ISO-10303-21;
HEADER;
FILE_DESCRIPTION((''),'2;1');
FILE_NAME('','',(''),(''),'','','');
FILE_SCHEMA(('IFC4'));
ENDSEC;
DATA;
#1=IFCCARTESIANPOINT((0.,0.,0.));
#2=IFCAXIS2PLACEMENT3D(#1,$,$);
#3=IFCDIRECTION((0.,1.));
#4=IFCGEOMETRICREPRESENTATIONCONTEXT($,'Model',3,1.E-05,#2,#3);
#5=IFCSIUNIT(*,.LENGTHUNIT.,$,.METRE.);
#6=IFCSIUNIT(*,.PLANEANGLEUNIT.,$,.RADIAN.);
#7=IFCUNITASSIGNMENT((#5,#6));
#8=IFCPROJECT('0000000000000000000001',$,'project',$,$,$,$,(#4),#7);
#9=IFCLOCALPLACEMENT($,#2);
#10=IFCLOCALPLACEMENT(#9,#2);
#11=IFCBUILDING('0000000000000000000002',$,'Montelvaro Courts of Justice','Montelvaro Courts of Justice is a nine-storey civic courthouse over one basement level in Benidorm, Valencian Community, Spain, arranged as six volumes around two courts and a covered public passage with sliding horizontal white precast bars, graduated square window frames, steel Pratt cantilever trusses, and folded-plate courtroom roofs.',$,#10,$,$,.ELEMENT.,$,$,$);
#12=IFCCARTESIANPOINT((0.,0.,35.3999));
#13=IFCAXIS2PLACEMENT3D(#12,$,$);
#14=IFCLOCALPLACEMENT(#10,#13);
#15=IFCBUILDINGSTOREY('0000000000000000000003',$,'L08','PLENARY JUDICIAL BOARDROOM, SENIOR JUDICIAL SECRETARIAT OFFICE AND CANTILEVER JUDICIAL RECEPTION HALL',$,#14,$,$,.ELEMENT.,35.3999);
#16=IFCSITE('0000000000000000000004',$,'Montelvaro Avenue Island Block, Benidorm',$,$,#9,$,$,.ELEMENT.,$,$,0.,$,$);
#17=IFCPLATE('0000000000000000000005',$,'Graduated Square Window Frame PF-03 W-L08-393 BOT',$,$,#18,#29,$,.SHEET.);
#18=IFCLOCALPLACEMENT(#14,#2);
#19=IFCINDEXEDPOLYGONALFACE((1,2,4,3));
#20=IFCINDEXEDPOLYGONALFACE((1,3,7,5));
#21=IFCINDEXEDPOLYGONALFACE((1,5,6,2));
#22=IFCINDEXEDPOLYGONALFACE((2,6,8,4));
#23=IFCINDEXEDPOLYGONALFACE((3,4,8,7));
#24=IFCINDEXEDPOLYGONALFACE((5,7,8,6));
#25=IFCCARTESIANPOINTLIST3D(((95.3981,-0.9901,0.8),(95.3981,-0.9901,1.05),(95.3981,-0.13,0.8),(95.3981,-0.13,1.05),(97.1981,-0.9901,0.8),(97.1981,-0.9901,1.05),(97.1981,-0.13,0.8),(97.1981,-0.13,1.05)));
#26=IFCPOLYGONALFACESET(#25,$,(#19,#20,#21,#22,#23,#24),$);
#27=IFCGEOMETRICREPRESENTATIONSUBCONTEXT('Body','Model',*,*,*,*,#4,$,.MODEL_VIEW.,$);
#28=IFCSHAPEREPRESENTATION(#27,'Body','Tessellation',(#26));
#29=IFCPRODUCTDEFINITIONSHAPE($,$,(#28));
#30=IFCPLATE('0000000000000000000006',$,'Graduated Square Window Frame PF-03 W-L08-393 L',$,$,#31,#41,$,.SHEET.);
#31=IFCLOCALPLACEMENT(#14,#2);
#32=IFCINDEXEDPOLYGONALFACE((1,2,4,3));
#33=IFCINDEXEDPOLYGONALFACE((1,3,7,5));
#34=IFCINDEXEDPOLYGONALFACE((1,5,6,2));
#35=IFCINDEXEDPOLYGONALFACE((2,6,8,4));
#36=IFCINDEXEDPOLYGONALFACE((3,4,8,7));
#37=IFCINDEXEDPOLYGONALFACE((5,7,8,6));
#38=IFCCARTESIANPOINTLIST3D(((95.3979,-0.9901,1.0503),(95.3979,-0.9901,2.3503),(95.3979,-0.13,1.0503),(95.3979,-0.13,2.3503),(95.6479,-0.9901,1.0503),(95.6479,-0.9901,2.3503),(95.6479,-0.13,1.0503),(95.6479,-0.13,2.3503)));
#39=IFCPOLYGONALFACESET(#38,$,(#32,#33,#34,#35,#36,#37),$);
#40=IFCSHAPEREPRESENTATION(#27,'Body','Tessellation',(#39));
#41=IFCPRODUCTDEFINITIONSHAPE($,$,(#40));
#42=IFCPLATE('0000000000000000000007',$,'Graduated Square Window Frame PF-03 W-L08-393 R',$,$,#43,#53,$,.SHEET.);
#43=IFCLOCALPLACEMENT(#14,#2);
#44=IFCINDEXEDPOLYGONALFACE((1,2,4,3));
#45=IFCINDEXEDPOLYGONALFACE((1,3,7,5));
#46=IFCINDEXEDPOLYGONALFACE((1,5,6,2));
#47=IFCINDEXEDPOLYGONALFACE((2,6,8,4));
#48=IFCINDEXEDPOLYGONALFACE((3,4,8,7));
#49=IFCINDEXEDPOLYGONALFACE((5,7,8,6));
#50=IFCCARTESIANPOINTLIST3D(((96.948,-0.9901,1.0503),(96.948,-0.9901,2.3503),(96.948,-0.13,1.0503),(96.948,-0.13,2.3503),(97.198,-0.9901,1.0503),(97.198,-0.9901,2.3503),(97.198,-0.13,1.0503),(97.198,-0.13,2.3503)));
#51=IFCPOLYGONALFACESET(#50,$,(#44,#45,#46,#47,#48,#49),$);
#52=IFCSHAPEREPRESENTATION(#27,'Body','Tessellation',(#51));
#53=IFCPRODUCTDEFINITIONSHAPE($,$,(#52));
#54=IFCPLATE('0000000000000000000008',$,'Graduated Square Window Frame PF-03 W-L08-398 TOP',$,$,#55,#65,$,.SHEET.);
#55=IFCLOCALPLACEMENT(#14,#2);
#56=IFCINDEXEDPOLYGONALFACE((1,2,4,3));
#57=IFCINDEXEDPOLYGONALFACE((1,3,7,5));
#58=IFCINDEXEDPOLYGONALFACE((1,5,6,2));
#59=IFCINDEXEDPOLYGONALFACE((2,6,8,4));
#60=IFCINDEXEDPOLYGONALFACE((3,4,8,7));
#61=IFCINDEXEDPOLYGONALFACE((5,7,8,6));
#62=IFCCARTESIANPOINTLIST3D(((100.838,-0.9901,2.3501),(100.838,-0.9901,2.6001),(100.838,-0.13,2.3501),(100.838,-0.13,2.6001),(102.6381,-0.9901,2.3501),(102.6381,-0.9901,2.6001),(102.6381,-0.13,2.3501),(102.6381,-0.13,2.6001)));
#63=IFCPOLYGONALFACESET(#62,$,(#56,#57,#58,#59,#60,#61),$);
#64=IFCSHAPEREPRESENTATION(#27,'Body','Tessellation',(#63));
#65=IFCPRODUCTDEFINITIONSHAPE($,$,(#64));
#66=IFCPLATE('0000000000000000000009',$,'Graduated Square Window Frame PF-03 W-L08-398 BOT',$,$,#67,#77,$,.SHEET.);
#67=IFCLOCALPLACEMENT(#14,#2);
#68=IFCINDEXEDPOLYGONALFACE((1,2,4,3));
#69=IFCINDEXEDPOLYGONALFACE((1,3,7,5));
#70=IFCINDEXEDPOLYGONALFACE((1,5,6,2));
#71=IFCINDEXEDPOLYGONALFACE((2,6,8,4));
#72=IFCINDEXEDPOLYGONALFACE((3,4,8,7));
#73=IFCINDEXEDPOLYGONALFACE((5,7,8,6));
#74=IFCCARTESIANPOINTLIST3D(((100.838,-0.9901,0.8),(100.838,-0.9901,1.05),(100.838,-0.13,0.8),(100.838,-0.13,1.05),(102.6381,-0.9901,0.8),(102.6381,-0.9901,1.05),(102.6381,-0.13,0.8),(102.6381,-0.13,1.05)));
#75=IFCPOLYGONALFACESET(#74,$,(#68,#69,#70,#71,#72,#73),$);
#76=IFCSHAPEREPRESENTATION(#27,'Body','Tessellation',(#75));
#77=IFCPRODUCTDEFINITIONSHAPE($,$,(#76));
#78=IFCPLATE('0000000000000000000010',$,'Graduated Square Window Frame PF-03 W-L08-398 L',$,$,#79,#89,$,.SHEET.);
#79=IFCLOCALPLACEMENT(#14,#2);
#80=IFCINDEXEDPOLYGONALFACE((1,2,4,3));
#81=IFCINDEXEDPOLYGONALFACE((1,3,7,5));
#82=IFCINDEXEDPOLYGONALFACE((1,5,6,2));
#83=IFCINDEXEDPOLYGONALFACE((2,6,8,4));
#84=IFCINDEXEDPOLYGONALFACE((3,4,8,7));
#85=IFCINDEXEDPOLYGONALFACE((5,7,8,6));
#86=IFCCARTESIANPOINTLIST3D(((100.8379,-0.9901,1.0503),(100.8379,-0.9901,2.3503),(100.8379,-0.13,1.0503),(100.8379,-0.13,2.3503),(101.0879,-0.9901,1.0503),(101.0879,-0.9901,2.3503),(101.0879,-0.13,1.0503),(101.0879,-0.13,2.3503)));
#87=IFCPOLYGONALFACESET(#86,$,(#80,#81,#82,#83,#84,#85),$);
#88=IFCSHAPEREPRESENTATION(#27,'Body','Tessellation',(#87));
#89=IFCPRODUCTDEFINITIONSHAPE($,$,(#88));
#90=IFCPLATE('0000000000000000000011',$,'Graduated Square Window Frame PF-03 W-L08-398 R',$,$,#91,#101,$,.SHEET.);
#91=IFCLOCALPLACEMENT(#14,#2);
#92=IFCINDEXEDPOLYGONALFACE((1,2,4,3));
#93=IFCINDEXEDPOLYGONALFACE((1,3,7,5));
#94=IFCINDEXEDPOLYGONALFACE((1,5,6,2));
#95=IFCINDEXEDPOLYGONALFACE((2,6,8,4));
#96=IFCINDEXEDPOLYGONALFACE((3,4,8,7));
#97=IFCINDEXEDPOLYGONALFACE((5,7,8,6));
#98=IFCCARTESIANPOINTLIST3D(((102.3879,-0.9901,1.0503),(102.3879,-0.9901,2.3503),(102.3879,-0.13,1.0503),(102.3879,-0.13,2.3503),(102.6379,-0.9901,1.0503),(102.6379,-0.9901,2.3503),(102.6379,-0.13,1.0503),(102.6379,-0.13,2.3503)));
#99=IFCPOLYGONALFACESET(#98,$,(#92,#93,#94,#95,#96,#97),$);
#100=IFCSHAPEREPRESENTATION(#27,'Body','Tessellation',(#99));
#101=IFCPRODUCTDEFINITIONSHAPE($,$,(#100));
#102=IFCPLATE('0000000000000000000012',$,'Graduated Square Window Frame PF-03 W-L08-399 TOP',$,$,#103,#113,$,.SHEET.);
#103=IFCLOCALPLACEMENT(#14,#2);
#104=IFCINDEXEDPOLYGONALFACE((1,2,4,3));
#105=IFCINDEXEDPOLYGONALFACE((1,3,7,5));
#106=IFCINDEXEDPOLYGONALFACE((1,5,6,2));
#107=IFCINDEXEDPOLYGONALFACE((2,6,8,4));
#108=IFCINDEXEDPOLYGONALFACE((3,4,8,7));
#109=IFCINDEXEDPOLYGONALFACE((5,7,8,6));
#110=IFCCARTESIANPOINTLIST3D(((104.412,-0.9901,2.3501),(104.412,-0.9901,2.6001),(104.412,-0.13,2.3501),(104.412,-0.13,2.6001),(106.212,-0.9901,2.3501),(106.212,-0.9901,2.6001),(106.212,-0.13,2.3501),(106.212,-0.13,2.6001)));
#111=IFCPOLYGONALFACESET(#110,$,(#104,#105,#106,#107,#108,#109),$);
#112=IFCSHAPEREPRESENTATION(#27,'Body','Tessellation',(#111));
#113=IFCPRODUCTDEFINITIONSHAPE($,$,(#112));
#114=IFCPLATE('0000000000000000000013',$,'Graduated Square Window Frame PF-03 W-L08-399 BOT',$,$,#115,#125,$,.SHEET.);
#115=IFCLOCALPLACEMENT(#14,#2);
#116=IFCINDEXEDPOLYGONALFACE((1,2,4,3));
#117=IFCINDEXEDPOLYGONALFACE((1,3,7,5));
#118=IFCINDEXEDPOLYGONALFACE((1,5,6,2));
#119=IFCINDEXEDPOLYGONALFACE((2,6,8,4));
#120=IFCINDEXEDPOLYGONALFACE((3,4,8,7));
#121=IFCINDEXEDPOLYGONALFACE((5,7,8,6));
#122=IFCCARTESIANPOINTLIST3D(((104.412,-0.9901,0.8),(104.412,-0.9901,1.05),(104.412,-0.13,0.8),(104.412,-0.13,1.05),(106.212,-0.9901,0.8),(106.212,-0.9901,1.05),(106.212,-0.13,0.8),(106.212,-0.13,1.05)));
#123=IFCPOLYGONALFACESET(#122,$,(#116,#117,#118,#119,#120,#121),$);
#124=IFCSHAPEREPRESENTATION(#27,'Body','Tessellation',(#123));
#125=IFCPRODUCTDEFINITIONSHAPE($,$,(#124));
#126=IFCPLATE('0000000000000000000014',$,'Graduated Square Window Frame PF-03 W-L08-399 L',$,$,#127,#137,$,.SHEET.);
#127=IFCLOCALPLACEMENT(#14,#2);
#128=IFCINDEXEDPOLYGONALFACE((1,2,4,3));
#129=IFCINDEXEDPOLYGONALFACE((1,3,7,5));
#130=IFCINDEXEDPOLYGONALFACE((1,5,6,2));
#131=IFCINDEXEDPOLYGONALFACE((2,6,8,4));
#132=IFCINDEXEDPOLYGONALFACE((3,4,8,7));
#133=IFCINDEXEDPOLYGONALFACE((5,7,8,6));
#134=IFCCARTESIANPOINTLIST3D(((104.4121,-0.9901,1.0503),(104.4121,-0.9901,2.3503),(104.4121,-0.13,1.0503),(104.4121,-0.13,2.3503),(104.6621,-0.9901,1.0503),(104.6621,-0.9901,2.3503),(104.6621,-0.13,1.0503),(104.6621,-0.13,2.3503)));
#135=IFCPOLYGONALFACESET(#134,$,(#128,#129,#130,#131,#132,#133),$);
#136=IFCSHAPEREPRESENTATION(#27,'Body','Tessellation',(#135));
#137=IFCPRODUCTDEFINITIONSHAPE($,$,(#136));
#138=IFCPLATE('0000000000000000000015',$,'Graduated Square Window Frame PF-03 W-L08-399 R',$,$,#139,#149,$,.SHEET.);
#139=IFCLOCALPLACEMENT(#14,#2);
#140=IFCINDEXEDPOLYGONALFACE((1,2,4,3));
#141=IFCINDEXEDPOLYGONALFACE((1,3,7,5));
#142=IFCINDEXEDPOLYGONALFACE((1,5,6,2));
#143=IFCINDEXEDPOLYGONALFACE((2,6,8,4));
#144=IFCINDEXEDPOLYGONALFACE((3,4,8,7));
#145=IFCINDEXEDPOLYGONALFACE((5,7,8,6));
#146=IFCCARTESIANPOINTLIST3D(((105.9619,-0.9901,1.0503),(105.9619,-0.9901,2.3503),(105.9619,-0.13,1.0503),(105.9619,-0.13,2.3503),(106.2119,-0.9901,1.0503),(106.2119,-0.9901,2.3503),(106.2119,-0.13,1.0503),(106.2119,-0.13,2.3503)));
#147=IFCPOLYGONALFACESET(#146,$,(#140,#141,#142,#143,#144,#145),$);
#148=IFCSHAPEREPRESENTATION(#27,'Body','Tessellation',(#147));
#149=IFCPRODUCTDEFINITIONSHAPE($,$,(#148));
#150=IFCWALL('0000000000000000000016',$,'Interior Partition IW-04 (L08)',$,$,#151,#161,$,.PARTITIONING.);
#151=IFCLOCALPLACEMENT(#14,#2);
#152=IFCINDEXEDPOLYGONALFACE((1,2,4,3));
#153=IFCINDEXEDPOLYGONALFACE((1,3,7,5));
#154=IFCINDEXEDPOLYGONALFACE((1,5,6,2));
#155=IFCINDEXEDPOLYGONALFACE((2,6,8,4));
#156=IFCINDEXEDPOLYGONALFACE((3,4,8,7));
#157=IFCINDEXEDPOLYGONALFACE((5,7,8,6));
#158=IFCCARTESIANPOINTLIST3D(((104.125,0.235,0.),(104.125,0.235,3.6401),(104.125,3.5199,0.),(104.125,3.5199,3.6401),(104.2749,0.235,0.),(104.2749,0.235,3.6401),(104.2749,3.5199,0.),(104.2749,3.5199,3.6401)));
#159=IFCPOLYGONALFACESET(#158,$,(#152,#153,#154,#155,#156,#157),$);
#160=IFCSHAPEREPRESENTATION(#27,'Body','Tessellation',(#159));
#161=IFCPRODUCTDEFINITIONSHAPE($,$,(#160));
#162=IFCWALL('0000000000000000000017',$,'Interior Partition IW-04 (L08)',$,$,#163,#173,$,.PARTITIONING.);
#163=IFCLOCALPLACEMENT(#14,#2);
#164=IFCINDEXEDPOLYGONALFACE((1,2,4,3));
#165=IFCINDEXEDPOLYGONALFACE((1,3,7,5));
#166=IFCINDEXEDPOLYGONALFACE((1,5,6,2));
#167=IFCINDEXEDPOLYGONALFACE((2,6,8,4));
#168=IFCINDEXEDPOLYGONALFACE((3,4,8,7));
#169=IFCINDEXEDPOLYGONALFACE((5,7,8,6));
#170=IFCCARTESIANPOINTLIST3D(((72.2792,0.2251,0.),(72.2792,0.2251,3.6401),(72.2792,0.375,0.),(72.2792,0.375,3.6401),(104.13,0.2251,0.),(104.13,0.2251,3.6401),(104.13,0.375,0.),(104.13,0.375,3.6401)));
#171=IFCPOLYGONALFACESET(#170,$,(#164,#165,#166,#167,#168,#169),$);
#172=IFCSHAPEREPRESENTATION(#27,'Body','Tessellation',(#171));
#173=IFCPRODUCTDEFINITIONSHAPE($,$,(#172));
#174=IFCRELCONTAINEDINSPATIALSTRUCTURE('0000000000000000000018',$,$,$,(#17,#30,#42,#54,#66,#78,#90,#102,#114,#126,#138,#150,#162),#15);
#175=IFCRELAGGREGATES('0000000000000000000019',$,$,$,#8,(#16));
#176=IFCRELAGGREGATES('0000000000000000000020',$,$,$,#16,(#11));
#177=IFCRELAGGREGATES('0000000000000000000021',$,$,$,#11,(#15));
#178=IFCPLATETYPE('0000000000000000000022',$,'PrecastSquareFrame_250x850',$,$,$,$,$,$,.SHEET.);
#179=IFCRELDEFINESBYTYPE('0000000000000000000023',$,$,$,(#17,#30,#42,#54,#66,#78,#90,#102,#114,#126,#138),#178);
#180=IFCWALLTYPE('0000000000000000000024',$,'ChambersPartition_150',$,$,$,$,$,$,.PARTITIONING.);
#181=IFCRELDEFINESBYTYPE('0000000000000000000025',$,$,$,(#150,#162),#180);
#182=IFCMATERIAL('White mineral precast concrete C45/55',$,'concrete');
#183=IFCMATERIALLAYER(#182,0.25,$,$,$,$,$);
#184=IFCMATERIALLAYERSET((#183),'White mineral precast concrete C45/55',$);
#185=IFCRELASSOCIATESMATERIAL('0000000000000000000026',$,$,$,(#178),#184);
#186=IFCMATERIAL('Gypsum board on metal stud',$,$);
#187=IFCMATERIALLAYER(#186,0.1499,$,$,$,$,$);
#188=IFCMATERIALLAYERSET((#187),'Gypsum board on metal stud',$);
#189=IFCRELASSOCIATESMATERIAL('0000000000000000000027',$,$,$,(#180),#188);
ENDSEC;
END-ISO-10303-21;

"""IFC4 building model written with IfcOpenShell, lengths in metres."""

from ifc_helpers import new_model, si_unit, direction, frame, frame_2d, origin, origin_2d, place, context, subcontext, project, spatial, rectangle, extrude, material, layer, layer_set, type_object, element, save


model = new_model("IFC4")

# Units and contexts
model_context = context("Model", 3, precision=1e-05, world=origin(), true_north=direction((0.0, 1.0)))
body_context = subcontext(model_context, "Body", "Model", "MODEL_VIEW")
ifc_project = project(units=[si_unit("LENGTHUNIT", "METRE"), si_unit("PLANEANGLEUNIT", "RADIAN")], contexts=[model_context])

# Site, building, storey
site_placement = place(None, origin())
site = spatial("IfcSite", under=ifc_project, at=site_placement, Name="Montelvaro Avenue Island Block, Benidorm", CompositionType="ELEMENT", RefElevation=0.0)
building_placement = place(site_placement, origin())
building = spatial("IfcBuilding", under=site, at=building_placement, Name="Montelvaro Courts of Justice", Description="Montelvaro Courts of Justice is a nine-storey civic courthouse over one basement level in Benidorm, Valencian Community, Spain, arranged as six volumes around two courts and a covered public passage with sliding horizontal white precast bars, graduated square window frames, steel Pratt cantilever trusses, and folded-plate courtroom roofs.", CompositionType="ELEMENT")
storey_placement = place(building_placement, frame((0.0, 0.0, 35.3999)))
storey = spatial("IfcBuildingStorey", under=building, at=storey_placement, Name="L08", Description="PLENARY JUDICIAL BOARDROOM, SENIOR JUDICIAL SECRETARIAT OFFICE AND CANTILEVER JUDICIAL RECEPTION HALL", CompositionType="ELEMENT", Elevation=35.3999)

# Plates
ifc_material_1 = material(Name="White mineral precast concrete C45/55", Category="concrete")
ifc_layer_1 = layer(ifc_material_1, 0.25)
ifc_layer_set_1 = layer_set([ifc_layer_1], Name="White mineral precast concrete C45/55")
plate_type = type_object("IfcPlateType", Name="PrecastSquareFrame_250x850", PredefinedType="SHEET", material=ifc_layer_set_1)
for number, where, z_axis, x_axis, name in (
    (1, (96.2981, -0.5601, 0.8), (0.0, 0.0, 1.0), (1.0, 0.0, 0.0), "Graduated Square Window Frame PF-03 W-L08-393 BOT"),
):
    element("IfcPlate", number, at=place(storey_placement, frame(where, z_axis=z_axis, x_axis=x_axis)), inside=storey, type_object=plate_type, Name=name, PredefinedType="SHEET", context=body_context, shape_type="SweptSolid", body=[
        extrude(rectangle(XDim=1.8, YDim=0.8601, at=origin_2d()), origin(), (0.0, 0.0, 1.0), 0.25),
    ])
for number, where, z_axis, x_axis, name in (
    (2, (95.5229, -0.5601, 1.0503), (0.0, 0.0, 1.0), (1.0, 0.0, 0.0), "Graduated Square Window Frame PF-03 W-L08-393 L"),
    (3, (97.073, -0.5601, 1.0503), (0.0, 0.0, 1.0), (1.0, 0.0, 0.0), "Graduated Square Window Frame PF-03 W-L08-393 R"),
):
    element("IfcPlate", number, at=place(storey_placement, frame(where, z_axis=z_axis, x_axis=x_axis)), inside=storey, type_object=plate_type, Name=name, PredefinedType="SHEET", context=body_context, shape_type="SweptSolid", body=[
        extrude(rectangle(XDim=0.25, YDim=0.8601, at=origin_2d()), origin(), (0.0, 0.0, 1.0), 1.3),
    ])
for number, where, z_axis, x_axis, name in (
    (4, (101.738, -0.5601, 2.3501), (0.0, 0.0, 1.0), (1.0, 0.0, 0.0), "Graduated Square Window Frame PF-03 W-L08-398 TOP"),
    (5, (101.738, -0.5601, 0.8), (0.0, 0.0, 1.0), (1.0, 0.0, 0.0), "Graduated Square Window Frame PF-03 W-L08-398 BOT"),
):
    element("IfcPlate", number, at=place(storey_placement, frame(where, z_axis=z_axis, x_axis=x_axis)), inside=storey, type_object=plate_type, Name=name, PredefinedType="SHEET", context=body_context, shape_type="SweptSolid", body=[
        extrude(rectangle(XDim=1.8, YDim=0.8601, at=origin_2d()), origin(), (0.0, 0.0, 1.0), 0.25),
    ])
for number, where, z_axis, x_axis, name in (
    (6, (100.9629, -0.5601, 1.0503), (0.0, 0.0, 1.0), (1.0, 0.0, 0.0), "Graduated Square Window Frame PF-03 W-L08-398 L"),
    (7, (102.5129, -0.5601, 1.0503), (0.0, 0.0, 1.0), (1.0, 0.0, 0.0), "Graduated Square Window Frame PF-03 W-L08-398 R"),
):
    element("IfcPlate", number, at=place(storey_placement, frame(where, z_axis=z_axis, x_axis=x_axis)), inside=storey, type_object=plate_type, Name=name, PredefinedType="SHEET", context=body_context, shape_type="SweptSolid", body=[
        extrude(rectangle(XDim=0.25, YDim=0.8601, at=origin_2d()), origin(), (0.0, 0.0, 1.0), 1.3),
    ])
for number, where, z_axis, x_axis, name in (
    (8, (105.312, -0.5601, 2.3501), (0.0, 0.0, 1.0), (1.0, 0.0, 0.0), "Graduated Square Window Frame PF-03 W-L08-399 TOP"),
    (9, (105.312, -0.5601, 0.8), (0.0, 0.0, 1.0), (1.0, 0.0, 0.0), "Graduated Square Window Frame PF-03 W-L08-399 BOT"),
):
    element("IfcPlate", number, at=place(storey_placement, frame(where, z_axis=z_axis, x_axis=x_axis)), inside=storey, type_object=plate_type, Name=name, PredefinedType="SHEET", context=body_context, shape_type="SweptSolid", body=[
        extrude(rectangle(XDim=1.8, YDim=0.8601, at=origin_2d()), origin(), (0.0, 0.0, 1.0), 0.25),
    ])
for number, where, z_axis, x_axis, name in (
    (10, (104.5371, -0.5601, 1.0503), (0.0, 0.0, 1.0), (1.0, 0.0, 0.0), "Graduated Square Window Frame PF-03 W-L08-399 L"),
    (11, (106.0869, -0.5601, 1.0503), (0.0, 0.0, 1.0), (1.0, 0.0, 0.0), "Graduated Square Window Frame PF-03 W-L08-399 R"),
):
    element("IfcPlate", number, at=place(storey_placement, frame(where, z_axis=z_axis, x_axis=x_axis)), inside=storey, type_object=plate_type, Name=name, PredefinedType="SHEET", context=body_context, shape_type="SweptSolid", body=[
        extrude(rectangle(XDim=0.25, YDim=0.8601, at=origin_2d()), origin(), (0.0, 0.0, 1.0), 1.3),
    ])

# Walls
ifc_material_2 = material(Name="Gypsum board on metal stud")
ifc_layer_2 = layer(ifc_material_2, 0.1499)
ifc_layer_set_2 = layer_set([ifc_layer_2], Name="Gypsum board on metal stud")
wall_type_1 = type_object("IfcWallType", Name="ChambersPartition_150", PredefinedType="PARTITIONING", material=ifc_layer_set_2)
wall_1_placement = place(storey_placement, frame((104.2, 3.52, 0.0), z_axis=(0.0, 0.0, 1.0), x_axis=(0.0, -1.0, 0.0)))
element("IfcWall", 12, at=wall_1_placement, inside=storey, type_object=wall_type_1, Name="Interior Partition IW-04 (L08)", PredefinedType="PARTITIONING", context=body_context, shape_type="SweptSolid", body=[
    extrude(rectangle(XDim=3.2849, YDim=0.1499, at=frame_2d((1.6426, 0.0))), origin(), (0.0, 0.0, 1.0), 3.6401),
])
wall_2_placement = place(storey_placement, frame((104.1299, 0.3, 0.0), z_axis=(0.0, 0.0, 1.0), x_axis=(-1.0, 0.0, 0.0)))
element("IfcWall", 13, at=wall_2_placement, inside=storey, type_object=wall_type_1, Name="Interior Partition IW-04 (L08)", PredefinedType="PARTITIONING", context=body_context, shape_type="SweptSolid", body=[
    extrude(rectangle(XDim=31.8508, YDim=0.1499, at=frame_2d((15.9253, 0.0))), origin(), (0.0, 0.0, 1.0), 3.6401),
])

save(model, "model.ifc")
